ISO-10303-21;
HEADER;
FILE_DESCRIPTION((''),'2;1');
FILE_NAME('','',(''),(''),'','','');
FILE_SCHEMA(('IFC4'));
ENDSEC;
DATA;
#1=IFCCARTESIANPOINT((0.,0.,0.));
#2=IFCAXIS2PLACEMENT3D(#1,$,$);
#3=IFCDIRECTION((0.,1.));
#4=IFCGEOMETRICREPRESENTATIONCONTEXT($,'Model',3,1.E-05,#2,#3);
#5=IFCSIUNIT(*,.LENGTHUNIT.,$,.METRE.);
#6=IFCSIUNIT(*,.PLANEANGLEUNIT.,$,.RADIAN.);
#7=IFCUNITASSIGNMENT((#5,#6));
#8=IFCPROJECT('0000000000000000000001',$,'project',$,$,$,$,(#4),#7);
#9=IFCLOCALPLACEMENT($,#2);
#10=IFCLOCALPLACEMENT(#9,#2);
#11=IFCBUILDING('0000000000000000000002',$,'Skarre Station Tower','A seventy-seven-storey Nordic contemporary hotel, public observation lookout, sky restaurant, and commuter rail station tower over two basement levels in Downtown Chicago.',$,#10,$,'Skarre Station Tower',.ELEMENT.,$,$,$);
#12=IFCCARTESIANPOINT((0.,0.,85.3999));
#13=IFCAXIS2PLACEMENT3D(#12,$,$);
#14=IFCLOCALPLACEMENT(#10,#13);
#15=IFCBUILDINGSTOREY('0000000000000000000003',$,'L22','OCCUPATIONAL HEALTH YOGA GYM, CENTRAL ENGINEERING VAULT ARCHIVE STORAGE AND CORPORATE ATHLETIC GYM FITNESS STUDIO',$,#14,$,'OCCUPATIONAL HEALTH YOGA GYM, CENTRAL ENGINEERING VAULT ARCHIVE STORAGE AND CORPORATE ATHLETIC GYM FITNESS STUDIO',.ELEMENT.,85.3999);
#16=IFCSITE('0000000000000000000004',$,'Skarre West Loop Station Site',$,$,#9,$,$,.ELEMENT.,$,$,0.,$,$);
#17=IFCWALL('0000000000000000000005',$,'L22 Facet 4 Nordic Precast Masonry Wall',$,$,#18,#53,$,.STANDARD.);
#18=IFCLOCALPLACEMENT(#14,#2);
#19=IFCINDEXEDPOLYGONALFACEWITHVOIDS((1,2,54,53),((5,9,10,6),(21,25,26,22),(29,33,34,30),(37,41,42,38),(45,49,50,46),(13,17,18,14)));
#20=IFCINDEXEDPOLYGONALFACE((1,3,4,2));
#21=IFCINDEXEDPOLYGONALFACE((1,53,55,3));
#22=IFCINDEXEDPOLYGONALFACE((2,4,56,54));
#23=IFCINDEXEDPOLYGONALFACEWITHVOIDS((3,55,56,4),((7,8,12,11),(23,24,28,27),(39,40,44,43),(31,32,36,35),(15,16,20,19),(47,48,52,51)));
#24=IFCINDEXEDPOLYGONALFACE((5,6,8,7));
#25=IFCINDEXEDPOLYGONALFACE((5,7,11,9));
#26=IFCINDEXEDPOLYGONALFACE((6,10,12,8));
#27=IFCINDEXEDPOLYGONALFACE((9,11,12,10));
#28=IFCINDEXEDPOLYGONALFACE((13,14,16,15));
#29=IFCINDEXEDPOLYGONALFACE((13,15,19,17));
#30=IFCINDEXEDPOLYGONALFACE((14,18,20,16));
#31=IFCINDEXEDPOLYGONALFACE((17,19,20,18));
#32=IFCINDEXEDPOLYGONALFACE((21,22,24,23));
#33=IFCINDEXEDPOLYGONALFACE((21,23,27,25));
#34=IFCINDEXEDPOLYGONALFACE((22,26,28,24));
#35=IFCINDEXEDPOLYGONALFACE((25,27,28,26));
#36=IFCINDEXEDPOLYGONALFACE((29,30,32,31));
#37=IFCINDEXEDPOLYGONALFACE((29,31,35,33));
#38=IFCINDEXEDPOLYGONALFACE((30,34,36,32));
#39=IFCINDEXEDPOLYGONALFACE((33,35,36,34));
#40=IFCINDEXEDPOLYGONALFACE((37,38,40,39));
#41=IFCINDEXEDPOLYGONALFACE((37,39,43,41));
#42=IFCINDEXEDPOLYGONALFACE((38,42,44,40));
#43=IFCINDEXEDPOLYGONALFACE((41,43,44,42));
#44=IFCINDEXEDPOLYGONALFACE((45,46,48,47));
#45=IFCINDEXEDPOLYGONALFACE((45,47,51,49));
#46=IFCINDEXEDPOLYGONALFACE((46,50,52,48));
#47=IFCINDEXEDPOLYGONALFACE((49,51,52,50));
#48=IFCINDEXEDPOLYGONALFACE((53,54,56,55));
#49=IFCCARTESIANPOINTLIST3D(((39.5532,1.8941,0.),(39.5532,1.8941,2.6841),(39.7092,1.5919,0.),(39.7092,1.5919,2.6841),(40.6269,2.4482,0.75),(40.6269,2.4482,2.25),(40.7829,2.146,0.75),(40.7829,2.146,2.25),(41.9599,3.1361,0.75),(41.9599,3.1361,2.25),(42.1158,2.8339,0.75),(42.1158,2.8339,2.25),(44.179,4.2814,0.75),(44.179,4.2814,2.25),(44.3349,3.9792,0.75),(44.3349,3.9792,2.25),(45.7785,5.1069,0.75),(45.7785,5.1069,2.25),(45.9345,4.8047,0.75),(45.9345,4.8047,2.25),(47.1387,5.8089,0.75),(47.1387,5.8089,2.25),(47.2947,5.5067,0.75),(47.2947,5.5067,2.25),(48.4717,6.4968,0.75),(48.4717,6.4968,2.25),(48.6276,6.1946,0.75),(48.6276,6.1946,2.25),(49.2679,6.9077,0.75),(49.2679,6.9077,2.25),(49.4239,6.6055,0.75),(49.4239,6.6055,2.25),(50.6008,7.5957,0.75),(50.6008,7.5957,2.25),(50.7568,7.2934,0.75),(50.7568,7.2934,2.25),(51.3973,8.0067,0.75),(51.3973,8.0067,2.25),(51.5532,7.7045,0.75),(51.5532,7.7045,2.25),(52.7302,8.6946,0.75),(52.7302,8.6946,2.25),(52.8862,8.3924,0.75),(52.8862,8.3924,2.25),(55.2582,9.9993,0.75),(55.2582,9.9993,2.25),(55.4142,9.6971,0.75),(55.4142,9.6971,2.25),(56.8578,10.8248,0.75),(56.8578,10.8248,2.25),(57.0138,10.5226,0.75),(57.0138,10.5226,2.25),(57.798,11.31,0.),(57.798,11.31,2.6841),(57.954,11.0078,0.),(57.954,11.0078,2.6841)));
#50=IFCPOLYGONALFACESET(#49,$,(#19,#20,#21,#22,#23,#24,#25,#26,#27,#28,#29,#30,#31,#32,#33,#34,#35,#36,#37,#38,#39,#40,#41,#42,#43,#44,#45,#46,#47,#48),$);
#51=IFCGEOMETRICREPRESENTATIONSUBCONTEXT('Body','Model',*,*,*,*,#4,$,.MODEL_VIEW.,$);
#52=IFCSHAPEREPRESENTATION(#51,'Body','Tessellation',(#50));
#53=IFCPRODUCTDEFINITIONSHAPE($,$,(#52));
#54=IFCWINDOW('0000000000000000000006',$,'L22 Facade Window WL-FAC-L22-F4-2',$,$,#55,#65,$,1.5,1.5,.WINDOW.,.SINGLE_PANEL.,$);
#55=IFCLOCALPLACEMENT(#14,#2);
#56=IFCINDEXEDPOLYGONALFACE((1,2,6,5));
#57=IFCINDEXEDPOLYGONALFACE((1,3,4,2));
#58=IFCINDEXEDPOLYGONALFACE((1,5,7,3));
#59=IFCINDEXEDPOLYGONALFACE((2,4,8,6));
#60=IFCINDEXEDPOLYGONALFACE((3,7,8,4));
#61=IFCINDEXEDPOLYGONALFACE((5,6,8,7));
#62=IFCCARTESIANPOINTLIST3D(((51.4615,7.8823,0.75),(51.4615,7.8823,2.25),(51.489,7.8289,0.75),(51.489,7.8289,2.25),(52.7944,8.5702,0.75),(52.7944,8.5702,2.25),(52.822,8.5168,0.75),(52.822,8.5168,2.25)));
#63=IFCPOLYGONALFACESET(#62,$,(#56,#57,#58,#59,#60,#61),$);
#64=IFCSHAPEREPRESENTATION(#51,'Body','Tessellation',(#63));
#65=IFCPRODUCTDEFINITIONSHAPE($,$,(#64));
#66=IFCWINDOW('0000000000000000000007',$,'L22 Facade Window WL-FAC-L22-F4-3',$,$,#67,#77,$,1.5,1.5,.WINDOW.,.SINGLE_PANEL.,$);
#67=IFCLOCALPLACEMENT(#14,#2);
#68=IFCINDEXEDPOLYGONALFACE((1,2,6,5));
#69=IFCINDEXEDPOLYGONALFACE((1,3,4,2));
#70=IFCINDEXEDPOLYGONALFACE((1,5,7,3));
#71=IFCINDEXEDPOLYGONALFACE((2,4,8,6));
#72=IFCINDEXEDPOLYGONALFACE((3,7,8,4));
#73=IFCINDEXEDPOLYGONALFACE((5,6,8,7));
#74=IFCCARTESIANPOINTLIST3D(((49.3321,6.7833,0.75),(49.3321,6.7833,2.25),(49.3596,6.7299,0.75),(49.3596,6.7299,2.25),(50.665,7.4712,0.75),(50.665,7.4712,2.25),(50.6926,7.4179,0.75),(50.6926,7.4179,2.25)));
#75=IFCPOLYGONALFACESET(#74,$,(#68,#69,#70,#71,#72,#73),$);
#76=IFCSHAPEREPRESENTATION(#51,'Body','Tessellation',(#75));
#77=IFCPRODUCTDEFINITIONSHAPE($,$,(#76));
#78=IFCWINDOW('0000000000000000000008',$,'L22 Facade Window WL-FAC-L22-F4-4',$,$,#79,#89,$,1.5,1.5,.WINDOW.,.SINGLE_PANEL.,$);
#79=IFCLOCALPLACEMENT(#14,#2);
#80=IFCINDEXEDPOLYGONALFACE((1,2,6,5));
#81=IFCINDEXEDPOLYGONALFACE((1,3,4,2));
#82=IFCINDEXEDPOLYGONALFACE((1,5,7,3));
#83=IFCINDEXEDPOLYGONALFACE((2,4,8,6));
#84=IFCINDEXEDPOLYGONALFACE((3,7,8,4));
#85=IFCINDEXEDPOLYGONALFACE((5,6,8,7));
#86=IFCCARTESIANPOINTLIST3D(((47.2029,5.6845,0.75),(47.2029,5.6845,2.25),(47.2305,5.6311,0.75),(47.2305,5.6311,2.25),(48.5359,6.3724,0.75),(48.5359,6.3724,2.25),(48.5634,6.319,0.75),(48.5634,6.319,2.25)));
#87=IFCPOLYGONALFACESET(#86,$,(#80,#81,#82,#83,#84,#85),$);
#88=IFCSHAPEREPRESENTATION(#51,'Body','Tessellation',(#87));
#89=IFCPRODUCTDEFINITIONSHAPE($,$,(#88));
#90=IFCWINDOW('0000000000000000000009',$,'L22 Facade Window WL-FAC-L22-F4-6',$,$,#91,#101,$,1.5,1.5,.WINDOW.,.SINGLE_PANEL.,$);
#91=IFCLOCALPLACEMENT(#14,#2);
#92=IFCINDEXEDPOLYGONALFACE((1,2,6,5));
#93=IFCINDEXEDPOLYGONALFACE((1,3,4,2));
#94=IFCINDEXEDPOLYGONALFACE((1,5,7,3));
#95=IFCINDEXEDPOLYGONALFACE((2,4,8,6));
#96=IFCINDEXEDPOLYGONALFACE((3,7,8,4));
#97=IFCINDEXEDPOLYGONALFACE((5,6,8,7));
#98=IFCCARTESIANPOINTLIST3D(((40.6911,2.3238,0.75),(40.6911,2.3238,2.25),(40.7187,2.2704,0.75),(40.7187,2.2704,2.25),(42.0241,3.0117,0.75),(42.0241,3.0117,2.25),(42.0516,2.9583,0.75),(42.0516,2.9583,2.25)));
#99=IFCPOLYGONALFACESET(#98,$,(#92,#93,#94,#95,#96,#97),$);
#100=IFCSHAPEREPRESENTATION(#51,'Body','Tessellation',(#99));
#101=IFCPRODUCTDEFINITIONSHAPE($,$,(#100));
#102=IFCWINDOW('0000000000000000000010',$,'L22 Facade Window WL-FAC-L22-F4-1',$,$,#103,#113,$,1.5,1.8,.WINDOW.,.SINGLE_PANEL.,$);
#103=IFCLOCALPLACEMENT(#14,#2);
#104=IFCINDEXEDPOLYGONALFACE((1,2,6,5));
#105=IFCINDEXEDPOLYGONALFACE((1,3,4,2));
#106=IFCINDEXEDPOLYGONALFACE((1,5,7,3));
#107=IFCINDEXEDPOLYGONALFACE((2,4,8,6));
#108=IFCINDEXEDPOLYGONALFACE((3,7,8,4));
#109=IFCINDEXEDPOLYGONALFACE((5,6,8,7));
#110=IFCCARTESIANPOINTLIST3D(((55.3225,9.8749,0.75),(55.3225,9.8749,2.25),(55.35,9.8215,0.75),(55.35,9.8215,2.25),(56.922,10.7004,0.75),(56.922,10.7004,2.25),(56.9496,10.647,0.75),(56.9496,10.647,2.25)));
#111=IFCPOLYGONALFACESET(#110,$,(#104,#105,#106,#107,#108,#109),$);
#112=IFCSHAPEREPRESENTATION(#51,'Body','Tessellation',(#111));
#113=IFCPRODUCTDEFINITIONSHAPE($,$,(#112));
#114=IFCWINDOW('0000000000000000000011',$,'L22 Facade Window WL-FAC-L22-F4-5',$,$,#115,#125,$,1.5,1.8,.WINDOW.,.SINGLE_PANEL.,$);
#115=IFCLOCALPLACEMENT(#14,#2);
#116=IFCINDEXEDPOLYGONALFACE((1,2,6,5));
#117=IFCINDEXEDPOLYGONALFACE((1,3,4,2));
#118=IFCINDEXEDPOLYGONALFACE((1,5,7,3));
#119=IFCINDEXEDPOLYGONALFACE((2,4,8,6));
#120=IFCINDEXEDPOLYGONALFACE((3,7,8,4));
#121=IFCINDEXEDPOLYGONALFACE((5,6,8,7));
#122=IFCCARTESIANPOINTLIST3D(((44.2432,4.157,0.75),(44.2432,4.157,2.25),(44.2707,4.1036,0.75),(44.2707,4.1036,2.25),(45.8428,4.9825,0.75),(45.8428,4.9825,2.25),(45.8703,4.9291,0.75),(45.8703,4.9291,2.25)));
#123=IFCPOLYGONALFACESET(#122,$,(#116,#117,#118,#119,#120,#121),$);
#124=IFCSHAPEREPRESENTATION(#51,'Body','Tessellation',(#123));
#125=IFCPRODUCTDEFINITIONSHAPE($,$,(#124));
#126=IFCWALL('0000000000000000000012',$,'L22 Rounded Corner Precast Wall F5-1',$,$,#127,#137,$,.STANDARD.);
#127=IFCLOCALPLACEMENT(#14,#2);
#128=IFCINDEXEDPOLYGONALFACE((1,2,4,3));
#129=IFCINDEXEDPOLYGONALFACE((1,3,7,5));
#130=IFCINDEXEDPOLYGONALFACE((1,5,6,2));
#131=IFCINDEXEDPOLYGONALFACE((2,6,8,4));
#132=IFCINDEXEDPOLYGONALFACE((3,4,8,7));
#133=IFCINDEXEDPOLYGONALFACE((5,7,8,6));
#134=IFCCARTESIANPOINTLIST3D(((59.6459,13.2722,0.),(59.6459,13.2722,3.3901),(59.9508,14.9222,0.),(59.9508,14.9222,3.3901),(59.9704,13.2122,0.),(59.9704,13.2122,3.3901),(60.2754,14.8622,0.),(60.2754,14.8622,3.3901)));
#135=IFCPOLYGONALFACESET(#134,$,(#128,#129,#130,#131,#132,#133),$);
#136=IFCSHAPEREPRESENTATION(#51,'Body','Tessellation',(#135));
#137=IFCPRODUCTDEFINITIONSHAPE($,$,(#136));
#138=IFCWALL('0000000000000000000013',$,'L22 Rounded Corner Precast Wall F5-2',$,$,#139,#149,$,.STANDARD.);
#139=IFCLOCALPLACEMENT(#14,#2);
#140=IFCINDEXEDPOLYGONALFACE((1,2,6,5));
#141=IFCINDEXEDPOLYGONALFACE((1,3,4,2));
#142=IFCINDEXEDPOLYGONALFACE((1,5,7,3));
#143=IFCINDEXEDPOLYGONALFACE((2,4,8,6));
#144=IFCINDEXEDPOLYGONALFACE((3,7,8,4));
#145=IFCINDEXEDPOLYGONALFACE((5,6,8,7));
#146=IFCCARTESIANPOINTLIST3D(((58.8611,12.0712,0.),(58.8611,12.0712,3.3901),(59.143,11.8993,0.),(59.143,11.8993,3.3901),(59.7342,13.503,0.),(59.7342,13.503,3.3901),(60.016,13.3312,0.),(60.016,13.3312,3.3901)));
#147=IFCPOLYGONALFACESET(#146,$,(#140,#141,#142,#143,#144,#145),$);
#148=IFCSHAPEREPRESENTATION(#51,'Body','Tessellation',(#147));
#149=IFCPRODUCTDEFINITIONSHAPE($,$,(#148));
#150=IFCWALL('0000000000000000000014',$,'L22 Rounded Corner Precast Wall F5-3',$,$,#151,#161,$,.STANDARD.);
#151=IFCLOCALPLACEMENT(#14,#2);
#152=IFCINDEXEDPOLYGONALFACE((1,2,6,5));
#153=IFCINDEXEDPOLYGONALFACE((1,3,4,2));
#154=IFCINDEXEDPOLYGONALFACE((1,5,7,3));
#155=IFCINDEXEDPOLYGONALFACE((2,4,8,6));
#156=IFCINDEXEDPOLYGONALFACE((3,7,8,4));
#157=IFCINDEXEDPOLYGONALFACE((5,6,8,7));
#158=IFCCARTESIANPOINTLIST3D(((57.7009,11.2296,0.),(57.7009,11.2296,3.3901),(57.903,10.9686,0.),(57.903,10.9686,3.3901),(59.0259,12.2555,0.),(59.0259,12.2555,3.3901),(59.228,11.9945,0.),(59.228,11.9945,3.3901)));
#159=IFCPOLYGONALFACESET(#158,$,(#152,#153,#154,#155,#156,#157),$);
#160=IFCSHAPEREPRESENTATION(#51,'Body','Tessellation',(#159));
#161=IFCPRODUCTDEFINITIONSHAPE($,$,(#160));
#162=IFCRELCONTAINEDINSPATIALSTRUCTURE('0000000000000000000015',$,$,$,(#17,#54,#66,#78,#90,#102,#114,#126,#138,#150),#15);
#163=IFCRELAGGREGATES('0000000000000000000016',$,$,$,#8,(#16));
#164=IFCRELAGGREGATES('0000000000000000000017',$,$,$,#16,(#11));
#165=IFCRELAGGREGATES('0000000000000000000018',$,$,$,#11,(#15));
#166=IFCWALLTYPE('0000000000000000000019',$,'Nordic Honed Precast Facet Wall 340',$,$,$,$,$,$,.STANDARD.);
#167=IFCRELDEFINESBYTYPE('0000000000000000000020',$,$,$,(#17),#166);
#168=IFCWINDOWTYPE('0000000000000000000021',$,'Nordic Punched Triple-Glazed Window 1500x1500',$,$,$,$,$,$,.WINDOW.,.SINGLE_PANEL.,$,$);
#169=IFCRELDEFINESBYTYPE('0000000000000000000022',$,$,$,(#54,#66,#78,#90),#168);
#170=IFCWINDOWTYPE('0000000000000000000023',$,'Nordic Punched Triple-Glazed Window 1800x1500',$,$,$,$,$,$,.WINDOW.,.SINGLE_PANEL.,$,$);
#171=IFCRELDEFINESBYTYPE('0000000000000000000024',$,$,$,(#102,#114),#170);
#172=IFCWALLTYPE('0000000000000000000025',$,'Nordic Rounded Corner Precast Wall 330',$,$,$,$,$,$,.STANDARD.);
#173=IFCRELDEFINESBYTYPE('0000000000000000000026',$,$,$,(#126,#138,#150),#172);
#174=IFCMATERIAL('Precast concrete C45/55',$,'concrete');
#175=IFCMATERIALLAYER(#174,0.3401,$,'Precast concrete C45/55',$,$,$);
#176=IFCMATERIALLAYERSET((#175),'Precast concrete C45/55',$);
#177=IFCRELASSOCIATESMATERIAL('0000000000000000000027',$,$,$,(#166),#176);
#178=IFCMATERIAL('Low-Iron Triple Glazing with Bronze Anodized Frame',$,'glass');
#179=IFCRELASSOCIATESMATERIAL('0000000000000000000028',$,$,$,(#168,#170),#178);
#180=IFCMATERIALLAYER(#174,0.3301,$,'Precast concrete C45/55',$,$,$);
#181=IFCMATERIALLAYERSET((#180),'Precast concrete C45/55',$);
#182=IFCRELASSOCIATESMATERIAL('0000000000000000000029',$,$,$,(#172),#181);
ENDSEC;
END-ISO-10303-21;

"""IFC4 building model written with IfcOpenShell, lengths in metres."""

from ifc_helpers import new_model, si_unit, direction, frame, frame_2d, origin, place, context, subcontext, project, spatial, rectangle, extrude, material, layer, layer_set, type_object, element, fill, save


model = new_model("IFC4")

# Units and contexts
model_context = context("Model", 3, precision=1e-05, world=origin(), true_north=direction((0.0, 1.0)))
body_context = subcontext(model_context, "Body", "Model", "MODEL_VIEW")
ifc_project = project(units=[si_unit("LENGTHUNIT", "METRE"), si_unit("PLANEANGLEUNIT", "RADIAN")], contexts=[model_context])

# Site, building, storey
site_placement = place(None, origin())
site = spatial("IfcSite", under=ifc_project, at=site_placement, Name="Skarre West Loop Station Site", CompositionType="ELEMENT", RefElevation=0.0)
building_placement = place(site_placement, origin())
building = spatial("IfcBuilding", under=site, at=building_placement, Name="Skarre Station Tower", Description="A seventy-seven-storey Nordic contemporary hotel, public observation lookout, sky restaurant, and commuter rail station tower over two basement levels in Downtown Chicago.", LongName="Skarre Station Tower", CompositionType="ELEMENT")
storey_placement = place(building_placement, frame((0.0, 0.0, 85.3999)))
storey = spatial("IfcBuildingStorey", under=building, at=storey_placement, Name="L22", Description="OCCUPATIONAL HEALTH YOGA GYM, CENTRAL ENGINEERING VAULT ARCHIVE STORAGE AND CORPORATE ATHLETIC GYM FITNESS STUDIO", LongName="OCCUPATIONAL HEALTH YOGA GYM, CENTRAL ENGINEERING VAULT ARCHIVE STORAGE AND CORPORATE ATHLETIC GYM FITNESS STUDIO", CompositionType="ELEMENT", Elevation=85.3999)

# Wall, openings, windows
ifc_material_1 = material(Name="Precast concrete C45/55", Category="concrete")
ifc_layer_1 = layer(ifc_material_1, 0.3401, Name="Precast concrete C45/55")
ifc_layer_set_1 = layer_set([ifc_layer_1], Name="Precast concrete C45/55")
wall_type_1 = type_object("IfcWallType", Name="Nordic Honed Precast Facet Wall 340", PredefinedType="STANDARD", material=ifc_layer_set_1)
wall_1_placement = place(storey_placement, frame((57.876, 11.1589, 0.0), z_axis=(0.0, 0.0, 1.0), x_axis=(-0.888634, -0.458616, 0.0)))
wall_1 = element("IfcWall", 1, at=wall_1_placement, inside=storey, type_object=wall_type_1, Name="L22 Facet 4 Nordic Precast Masonry Wall", PredefinedType="STANDARD", context=body_context, shape_type="SweptSolid", body=[
    extrude(rectangle(XDim=20.5312, YDim=0.3401, at=frame_2d((10.2656, 0.0))), origin(), (0.0, 0.0, 1.0), 2.6841),
])
opening_1_placement = place(wall_1_placement, frame((1.0581, 0.0, 0.75)))
opening_1 = element("IfcOpeningElement", 2, at=opening_1_placement, cuts=wall_1, PredefinedType="OPENING", context=body_context, shape_type="SweptSolid", body=[
    extrude(rectangle(XDim=1.8, YDim=1.5, at=frame_2d((0.8999, 0.75))), frame((0.0, 0.1799, 0.0), z_axis=(0.0, -1.0, 0.0), x_axis=(1.0, 0.0, 0.0)), (0.0, 0.0, 1.0), 0.3601),
])
opening_2_placement = place(wall_1_placement, frame((5.7029, 0.0, 0.75)))
opening_2 = element("IfcOpeningElement", 3, at=opening_2_placement, cuts=wall_1, PredefinedType="OPENING", context=body_context, shape_type="SweptSolid", body=[
    extrude(rectangle(XDim=1.5, YDim=1.5, at=frame_2d((0.75, 0.75))), frame((0.0, 0.1799, 0.0), z_axis=(0.0, -1.0, 0.0), x_axis=(1.0, 0.0, 0.0)), (0.0, 0.0, 1.0), 0.3601),
])
opening_3_placement = place(wall_1_placement, frame((8.0991, 0.0, 0.75)))
opening_3 = element("IfcOpeningElement", 4, at=opening_3_placement, cuts=wall_1, PredefinedType="OPENING", context=body_context, shape_type="SweptSolid", body=[
    extrude(rectangle(XDim=1.5, YDim=1.5, at=frame_2d((0.75, 0.75))), frame((0.0, 0.1799, 0.0), z_axis=(0.0, -1.0, 0.0), x_axis=(1.0, 0.0, 0.0)), (0.0, 0.0, 1.0), 0.3601),
])
opening_4_placement = place(wall_1_placement, frame((10.4951, 0.0, 0.75)))
opening_4 = element("IfcOpeningElement", 5, at=opening_4_placement, cuts=wall_1, PredefinedType="OPENING", context=body_context, shape_type="SweptSolid", body=[
    extrude(rectangle(XDim=1.5, YDim=1.5, at=frame_2d((0.75, 0.75))), frame((0.0, 0.1799, 0.0), z_axis=(0.0, -1.0, 0.0), x_axis=(1.0, 0.0, 0.0)), (0.0, 0.0, 1.0), 0.3601),
])
opening_5_placement = place(wall_1_placement, frame((13.5259, 0.0, 0.75)))
opening_5 = element("IfcOpeningElement", 6, at=opening_5_placement, cuts=wall_1, PredefinedType="OPENING", context=body_context, shape_type="SweptSolid", body=[
    extrude(rectangle(XDim=1.8, YDim=1.5, at=frame_2d((0.8999, 0.75))), frame((0.0, 0.1799, 0.0), z_axis=(0.0, -1.0, 0.0), x_axis=(1.0, 0.0, 0.0)), (0.0, 0.0, 1.0), 0.3601),
])
opening_6_placement = place(wall_1_placement, frame((17.823, 0.0, 0.75)))
opening_6 = element("IfcOpeningElement", 7, at=opening_6_placement, cuts=wall_1, PredefinedType="OPENING", context=body_context, shape_type="SweptSolid", body=[
    extrude(rectangle(XDim=1.5, YDim=1.5, at=frame_2d((0.75, 0.75))), frame((0.0, 0.1799, 0.0), z_axis=(0.0, -1.0, 0.0), x_axis=(1.0, 0.0, 0.0)), (0.0, 0.0, 1.0), 0.3601),
])
ifc_material_2 = material(Name="Low-Iron Triple Glazing with Bronze Anodized Frame", Category="glass")
window_type_1 = type_object("IfcWindowType", Name="Nordic Punched Triple-Glazed Window 1500x1500", PartitioningType="SINGLE_PANEL", PredefinedType="WINDOW", material=ifc_material_2)
window_1_placement = place(opening_2_placement, origin())
window_1 = element("IfcWindow", 8, at=window_1_placement, inside=storey, type_object=window_type_1, Name="L22 Facade Window WL-FAC-L22-F4-2", OverallHeight=1.5, OverallWidth=1.5, PartitioningType="SINGLE_PANEL", PredefinedType="WINDOW", context=body_context, shape_type="SweptSolid", body=[
    extrude(rectangle(XDim=1.5, YDim=1.5, at=frame_2d((0.75, 0.75))), frame((0.0, 0.03, 0.0), z_axis=(0.0, -1.0, 0.0), x_axis=(1.0, 0.0, 0.0)), (0.0, 0.0, 1.0), 0.0601),
])
fill(opening_2, window_1)
window_2_placement = place(opening_3_placement, origin())
window_2 = element("IfcWindow", 9, at=window_2_placement, inside=storey, type_object=window_type_1, Name="L22 Facade Window WL-FAC-L22-F4-3", OverallHeight=1.5, OverallWidth=1.5, PartitioningType="SINGLE_PANEL", PredefinedType="WINDOW", context=body_context, shape_type="SweptSolid", body=[
    extrude(rectangle(XDim=1.5, YDim=1.5, at=frame_2d((0.75, 0.75))), frame((0.0, 0.03, 0.0), z_axis=(0.0, -1.0, 0.0), x_axis=(1.0, 0.0, 0.0)), (0.0, 0.0, 1.0), 0.0601),
])
fill(opening_3, window_2)
window_3_placement = place(opening_4_placement, origin())
window_3 = element("IfcWindow", 10, at=window_3_placement, inside=storey, type_object=window_type_1, Name="L22 Facade Window WL-FAC-L22-F4-4", OverallHeight=1.5, OverallWidth=1.5, PartitioningType="SINGLE_PANEL", PredefinedType="WINDOW", context=body_context, shape_type="SweptSolid", body=[
    extrude(rectangle(XDim=1.5, YDim=1.5, at=frame_2d((0.75, 0.75))), frame((0.0, 0.03, 0.0), z_axis=(0.0, -1.0, 0.0), x_axis=(1.0, 0.0, 0.0)), (0.0, 0.0, 1.0), 0.0601),
])
fill(opening_4, window_3)
window_4_placement = place(opening_6_placement, origin())
window_4 = element("IfcWindow", 11, at=window_4_placement, inside=storey, type_object=window_type_1, Name="L22 Facade Window WL-FAC-L22-F4-6", OverallHeight=1.5, OverallWidth=1.5, PartitioningType="SINGLE_PANEL", PredefinedType="WINDOW", context=body_context, shape_type="SweptSolid", body=[
    extrude(rectangle(XDim=1.5, YDim=1.5, at=frame_2d((0.75, 0.75))), frame((0.0, 0.03, 0.0), z_axis=(0.0, -1.0, 0.0), x_axis=(1.0, 0.0, 0.0)), (0.0, 0.0, 1.0), 0.0601),
])
fill(opening_6, window_4)
window_type_2 = type_object("IfcWindowType", Name="Nordic Punched Triple-Glazed Window 1800x1500", PartitioningType="SINGLE_PANEL", PredefinedType="WINDOW", material=ifc_material_2)
window_5_placement = place(opening_1_placement, origin())
window_5 = element("IfcWindow", 12, at=window_5_placement, inside=storey, type_object=window_type_2, Name="L22 Facade Window WL-FAC-L22-F4-1", OverallHeight=1.5, OverallWidth=1.8, PartitioningType="SINGLE_PANEL", PredefinedType="WINDOW", context=body_context, shape_type="SweptSolid", body=[
    extrude(rectangle(XDim=1.8, YDim=1.5, at=frame_2d((0.8999, 0.75))), frame((0.0, 0.03, 0.0), z_axis=(0.0, -1.0, 0.0), x_axis=(1.0, 0.0, 0.0)), (0.0, 0.0, 1.0), 0.0601),
])
fill(opening_1, window_5)
window_6_placement = place(opening_5_placement, origin())
window_6 = element("IfcWindow", 13, at=window_6_placement, inside=storey, type_object=window_type_2, Name="L22 Facade Window WL-FAC-L22-F4-5", OverallHeight=1.5, OverallWidth=1.8, PartitioningType="SINGLE_PANEL", PredefinedType="WINDOW", context=body_context, shape_type="SweptSolid", body=[
    extrude(rectangle(XDim=1.8, YDim=1.5, at=frame_2d((0.8999, 0.75))), frame((0.0, 0.03, 0.0), z_axis=(0.0, -1.0, 0.0), x_axis=(1.0, 0.0, 0.0)), (0.0, 0.0, 1.0), 0.0601),
])
fill(opening_5, window_6)

# Walls
ifc_layer_2 = layer(ifc_material_1, 0.3301, Name="Precast concrete C45/55")
ifc_layer_set_2 = layer_set([ifc_layer_2], Name="Precast concrete C45/55")
wall_type_2 = type_object("IfcWallType", Name="Nordic Rounded Corner Precast Wall 330", PredefinedType="STANDARD", material=ifc_layer_set_2)
wall_2_placement = place(storey_placement, frame((60.113, 14.8921, 0.0), z_axis=(0.0, 0.0, 1.0), x_axis=(-0.181714, -0.983351, 0.0)))
element("IfcWall", 14, at=wall_2_placement, inside=storey, type_object=wall_type_2, Name="L22 Rounded Corner Precast Wall F5-1", PredefinedType="STANDARD", context=body_context, shape_type="SweptSolid", body=[
    extrude(rectangle(XDim=1.678, YDim=0.3301, at=frame_2d((0.8389, 0.0))), origin(), (0.0, 0.0, 1.0), 3.3901),
])
wall_3_placement = place(storey_placement, frame((59.875, 13.417, 0.0), z_axis=(0.0, 0.0, 1.0), x_axis=(-0.520584, -0.85381, 0.0)))
element("IfcWall", 15, at=wall_3_placement, inside=storey, type_object=wall_type_2, Name="L22 Rounded Corner Precast Wall F5-2", PredefinedType="STANDARD", context=body_context, shape_type="SweptSolid", body=[
    extrude(rectangle(XDim=1.677, YDim=0.3301, at=frame_2d((0.8384, 0.0))), origin(), (0.0, 0.0, 1.0), 3.3901),
])
wall_4_placement = place(storey_placement, frame((59.127, 12.125, 0.0), z_axis=(0.0, 0.0, 1.0), x_axis=(-0.790692, -0.612214, 0.0)))
element("IfcWall", 16, at=wall_4_placement, inside=storey, type_object=wall_type_2, Name="L22 Rounded Corner Precast Wall F5-3", PredefinedType="STANDARD", context=body_context, shape_type="SweptSolid", body=[
    extrude(rectangle(XDim=1.6758, YDim=0.3301, at=frame_2d((0.8379, 0.0))), origin(), (0.0, 0.0, 1.0), 3.3901),
])

save(model, "model.ifc")
